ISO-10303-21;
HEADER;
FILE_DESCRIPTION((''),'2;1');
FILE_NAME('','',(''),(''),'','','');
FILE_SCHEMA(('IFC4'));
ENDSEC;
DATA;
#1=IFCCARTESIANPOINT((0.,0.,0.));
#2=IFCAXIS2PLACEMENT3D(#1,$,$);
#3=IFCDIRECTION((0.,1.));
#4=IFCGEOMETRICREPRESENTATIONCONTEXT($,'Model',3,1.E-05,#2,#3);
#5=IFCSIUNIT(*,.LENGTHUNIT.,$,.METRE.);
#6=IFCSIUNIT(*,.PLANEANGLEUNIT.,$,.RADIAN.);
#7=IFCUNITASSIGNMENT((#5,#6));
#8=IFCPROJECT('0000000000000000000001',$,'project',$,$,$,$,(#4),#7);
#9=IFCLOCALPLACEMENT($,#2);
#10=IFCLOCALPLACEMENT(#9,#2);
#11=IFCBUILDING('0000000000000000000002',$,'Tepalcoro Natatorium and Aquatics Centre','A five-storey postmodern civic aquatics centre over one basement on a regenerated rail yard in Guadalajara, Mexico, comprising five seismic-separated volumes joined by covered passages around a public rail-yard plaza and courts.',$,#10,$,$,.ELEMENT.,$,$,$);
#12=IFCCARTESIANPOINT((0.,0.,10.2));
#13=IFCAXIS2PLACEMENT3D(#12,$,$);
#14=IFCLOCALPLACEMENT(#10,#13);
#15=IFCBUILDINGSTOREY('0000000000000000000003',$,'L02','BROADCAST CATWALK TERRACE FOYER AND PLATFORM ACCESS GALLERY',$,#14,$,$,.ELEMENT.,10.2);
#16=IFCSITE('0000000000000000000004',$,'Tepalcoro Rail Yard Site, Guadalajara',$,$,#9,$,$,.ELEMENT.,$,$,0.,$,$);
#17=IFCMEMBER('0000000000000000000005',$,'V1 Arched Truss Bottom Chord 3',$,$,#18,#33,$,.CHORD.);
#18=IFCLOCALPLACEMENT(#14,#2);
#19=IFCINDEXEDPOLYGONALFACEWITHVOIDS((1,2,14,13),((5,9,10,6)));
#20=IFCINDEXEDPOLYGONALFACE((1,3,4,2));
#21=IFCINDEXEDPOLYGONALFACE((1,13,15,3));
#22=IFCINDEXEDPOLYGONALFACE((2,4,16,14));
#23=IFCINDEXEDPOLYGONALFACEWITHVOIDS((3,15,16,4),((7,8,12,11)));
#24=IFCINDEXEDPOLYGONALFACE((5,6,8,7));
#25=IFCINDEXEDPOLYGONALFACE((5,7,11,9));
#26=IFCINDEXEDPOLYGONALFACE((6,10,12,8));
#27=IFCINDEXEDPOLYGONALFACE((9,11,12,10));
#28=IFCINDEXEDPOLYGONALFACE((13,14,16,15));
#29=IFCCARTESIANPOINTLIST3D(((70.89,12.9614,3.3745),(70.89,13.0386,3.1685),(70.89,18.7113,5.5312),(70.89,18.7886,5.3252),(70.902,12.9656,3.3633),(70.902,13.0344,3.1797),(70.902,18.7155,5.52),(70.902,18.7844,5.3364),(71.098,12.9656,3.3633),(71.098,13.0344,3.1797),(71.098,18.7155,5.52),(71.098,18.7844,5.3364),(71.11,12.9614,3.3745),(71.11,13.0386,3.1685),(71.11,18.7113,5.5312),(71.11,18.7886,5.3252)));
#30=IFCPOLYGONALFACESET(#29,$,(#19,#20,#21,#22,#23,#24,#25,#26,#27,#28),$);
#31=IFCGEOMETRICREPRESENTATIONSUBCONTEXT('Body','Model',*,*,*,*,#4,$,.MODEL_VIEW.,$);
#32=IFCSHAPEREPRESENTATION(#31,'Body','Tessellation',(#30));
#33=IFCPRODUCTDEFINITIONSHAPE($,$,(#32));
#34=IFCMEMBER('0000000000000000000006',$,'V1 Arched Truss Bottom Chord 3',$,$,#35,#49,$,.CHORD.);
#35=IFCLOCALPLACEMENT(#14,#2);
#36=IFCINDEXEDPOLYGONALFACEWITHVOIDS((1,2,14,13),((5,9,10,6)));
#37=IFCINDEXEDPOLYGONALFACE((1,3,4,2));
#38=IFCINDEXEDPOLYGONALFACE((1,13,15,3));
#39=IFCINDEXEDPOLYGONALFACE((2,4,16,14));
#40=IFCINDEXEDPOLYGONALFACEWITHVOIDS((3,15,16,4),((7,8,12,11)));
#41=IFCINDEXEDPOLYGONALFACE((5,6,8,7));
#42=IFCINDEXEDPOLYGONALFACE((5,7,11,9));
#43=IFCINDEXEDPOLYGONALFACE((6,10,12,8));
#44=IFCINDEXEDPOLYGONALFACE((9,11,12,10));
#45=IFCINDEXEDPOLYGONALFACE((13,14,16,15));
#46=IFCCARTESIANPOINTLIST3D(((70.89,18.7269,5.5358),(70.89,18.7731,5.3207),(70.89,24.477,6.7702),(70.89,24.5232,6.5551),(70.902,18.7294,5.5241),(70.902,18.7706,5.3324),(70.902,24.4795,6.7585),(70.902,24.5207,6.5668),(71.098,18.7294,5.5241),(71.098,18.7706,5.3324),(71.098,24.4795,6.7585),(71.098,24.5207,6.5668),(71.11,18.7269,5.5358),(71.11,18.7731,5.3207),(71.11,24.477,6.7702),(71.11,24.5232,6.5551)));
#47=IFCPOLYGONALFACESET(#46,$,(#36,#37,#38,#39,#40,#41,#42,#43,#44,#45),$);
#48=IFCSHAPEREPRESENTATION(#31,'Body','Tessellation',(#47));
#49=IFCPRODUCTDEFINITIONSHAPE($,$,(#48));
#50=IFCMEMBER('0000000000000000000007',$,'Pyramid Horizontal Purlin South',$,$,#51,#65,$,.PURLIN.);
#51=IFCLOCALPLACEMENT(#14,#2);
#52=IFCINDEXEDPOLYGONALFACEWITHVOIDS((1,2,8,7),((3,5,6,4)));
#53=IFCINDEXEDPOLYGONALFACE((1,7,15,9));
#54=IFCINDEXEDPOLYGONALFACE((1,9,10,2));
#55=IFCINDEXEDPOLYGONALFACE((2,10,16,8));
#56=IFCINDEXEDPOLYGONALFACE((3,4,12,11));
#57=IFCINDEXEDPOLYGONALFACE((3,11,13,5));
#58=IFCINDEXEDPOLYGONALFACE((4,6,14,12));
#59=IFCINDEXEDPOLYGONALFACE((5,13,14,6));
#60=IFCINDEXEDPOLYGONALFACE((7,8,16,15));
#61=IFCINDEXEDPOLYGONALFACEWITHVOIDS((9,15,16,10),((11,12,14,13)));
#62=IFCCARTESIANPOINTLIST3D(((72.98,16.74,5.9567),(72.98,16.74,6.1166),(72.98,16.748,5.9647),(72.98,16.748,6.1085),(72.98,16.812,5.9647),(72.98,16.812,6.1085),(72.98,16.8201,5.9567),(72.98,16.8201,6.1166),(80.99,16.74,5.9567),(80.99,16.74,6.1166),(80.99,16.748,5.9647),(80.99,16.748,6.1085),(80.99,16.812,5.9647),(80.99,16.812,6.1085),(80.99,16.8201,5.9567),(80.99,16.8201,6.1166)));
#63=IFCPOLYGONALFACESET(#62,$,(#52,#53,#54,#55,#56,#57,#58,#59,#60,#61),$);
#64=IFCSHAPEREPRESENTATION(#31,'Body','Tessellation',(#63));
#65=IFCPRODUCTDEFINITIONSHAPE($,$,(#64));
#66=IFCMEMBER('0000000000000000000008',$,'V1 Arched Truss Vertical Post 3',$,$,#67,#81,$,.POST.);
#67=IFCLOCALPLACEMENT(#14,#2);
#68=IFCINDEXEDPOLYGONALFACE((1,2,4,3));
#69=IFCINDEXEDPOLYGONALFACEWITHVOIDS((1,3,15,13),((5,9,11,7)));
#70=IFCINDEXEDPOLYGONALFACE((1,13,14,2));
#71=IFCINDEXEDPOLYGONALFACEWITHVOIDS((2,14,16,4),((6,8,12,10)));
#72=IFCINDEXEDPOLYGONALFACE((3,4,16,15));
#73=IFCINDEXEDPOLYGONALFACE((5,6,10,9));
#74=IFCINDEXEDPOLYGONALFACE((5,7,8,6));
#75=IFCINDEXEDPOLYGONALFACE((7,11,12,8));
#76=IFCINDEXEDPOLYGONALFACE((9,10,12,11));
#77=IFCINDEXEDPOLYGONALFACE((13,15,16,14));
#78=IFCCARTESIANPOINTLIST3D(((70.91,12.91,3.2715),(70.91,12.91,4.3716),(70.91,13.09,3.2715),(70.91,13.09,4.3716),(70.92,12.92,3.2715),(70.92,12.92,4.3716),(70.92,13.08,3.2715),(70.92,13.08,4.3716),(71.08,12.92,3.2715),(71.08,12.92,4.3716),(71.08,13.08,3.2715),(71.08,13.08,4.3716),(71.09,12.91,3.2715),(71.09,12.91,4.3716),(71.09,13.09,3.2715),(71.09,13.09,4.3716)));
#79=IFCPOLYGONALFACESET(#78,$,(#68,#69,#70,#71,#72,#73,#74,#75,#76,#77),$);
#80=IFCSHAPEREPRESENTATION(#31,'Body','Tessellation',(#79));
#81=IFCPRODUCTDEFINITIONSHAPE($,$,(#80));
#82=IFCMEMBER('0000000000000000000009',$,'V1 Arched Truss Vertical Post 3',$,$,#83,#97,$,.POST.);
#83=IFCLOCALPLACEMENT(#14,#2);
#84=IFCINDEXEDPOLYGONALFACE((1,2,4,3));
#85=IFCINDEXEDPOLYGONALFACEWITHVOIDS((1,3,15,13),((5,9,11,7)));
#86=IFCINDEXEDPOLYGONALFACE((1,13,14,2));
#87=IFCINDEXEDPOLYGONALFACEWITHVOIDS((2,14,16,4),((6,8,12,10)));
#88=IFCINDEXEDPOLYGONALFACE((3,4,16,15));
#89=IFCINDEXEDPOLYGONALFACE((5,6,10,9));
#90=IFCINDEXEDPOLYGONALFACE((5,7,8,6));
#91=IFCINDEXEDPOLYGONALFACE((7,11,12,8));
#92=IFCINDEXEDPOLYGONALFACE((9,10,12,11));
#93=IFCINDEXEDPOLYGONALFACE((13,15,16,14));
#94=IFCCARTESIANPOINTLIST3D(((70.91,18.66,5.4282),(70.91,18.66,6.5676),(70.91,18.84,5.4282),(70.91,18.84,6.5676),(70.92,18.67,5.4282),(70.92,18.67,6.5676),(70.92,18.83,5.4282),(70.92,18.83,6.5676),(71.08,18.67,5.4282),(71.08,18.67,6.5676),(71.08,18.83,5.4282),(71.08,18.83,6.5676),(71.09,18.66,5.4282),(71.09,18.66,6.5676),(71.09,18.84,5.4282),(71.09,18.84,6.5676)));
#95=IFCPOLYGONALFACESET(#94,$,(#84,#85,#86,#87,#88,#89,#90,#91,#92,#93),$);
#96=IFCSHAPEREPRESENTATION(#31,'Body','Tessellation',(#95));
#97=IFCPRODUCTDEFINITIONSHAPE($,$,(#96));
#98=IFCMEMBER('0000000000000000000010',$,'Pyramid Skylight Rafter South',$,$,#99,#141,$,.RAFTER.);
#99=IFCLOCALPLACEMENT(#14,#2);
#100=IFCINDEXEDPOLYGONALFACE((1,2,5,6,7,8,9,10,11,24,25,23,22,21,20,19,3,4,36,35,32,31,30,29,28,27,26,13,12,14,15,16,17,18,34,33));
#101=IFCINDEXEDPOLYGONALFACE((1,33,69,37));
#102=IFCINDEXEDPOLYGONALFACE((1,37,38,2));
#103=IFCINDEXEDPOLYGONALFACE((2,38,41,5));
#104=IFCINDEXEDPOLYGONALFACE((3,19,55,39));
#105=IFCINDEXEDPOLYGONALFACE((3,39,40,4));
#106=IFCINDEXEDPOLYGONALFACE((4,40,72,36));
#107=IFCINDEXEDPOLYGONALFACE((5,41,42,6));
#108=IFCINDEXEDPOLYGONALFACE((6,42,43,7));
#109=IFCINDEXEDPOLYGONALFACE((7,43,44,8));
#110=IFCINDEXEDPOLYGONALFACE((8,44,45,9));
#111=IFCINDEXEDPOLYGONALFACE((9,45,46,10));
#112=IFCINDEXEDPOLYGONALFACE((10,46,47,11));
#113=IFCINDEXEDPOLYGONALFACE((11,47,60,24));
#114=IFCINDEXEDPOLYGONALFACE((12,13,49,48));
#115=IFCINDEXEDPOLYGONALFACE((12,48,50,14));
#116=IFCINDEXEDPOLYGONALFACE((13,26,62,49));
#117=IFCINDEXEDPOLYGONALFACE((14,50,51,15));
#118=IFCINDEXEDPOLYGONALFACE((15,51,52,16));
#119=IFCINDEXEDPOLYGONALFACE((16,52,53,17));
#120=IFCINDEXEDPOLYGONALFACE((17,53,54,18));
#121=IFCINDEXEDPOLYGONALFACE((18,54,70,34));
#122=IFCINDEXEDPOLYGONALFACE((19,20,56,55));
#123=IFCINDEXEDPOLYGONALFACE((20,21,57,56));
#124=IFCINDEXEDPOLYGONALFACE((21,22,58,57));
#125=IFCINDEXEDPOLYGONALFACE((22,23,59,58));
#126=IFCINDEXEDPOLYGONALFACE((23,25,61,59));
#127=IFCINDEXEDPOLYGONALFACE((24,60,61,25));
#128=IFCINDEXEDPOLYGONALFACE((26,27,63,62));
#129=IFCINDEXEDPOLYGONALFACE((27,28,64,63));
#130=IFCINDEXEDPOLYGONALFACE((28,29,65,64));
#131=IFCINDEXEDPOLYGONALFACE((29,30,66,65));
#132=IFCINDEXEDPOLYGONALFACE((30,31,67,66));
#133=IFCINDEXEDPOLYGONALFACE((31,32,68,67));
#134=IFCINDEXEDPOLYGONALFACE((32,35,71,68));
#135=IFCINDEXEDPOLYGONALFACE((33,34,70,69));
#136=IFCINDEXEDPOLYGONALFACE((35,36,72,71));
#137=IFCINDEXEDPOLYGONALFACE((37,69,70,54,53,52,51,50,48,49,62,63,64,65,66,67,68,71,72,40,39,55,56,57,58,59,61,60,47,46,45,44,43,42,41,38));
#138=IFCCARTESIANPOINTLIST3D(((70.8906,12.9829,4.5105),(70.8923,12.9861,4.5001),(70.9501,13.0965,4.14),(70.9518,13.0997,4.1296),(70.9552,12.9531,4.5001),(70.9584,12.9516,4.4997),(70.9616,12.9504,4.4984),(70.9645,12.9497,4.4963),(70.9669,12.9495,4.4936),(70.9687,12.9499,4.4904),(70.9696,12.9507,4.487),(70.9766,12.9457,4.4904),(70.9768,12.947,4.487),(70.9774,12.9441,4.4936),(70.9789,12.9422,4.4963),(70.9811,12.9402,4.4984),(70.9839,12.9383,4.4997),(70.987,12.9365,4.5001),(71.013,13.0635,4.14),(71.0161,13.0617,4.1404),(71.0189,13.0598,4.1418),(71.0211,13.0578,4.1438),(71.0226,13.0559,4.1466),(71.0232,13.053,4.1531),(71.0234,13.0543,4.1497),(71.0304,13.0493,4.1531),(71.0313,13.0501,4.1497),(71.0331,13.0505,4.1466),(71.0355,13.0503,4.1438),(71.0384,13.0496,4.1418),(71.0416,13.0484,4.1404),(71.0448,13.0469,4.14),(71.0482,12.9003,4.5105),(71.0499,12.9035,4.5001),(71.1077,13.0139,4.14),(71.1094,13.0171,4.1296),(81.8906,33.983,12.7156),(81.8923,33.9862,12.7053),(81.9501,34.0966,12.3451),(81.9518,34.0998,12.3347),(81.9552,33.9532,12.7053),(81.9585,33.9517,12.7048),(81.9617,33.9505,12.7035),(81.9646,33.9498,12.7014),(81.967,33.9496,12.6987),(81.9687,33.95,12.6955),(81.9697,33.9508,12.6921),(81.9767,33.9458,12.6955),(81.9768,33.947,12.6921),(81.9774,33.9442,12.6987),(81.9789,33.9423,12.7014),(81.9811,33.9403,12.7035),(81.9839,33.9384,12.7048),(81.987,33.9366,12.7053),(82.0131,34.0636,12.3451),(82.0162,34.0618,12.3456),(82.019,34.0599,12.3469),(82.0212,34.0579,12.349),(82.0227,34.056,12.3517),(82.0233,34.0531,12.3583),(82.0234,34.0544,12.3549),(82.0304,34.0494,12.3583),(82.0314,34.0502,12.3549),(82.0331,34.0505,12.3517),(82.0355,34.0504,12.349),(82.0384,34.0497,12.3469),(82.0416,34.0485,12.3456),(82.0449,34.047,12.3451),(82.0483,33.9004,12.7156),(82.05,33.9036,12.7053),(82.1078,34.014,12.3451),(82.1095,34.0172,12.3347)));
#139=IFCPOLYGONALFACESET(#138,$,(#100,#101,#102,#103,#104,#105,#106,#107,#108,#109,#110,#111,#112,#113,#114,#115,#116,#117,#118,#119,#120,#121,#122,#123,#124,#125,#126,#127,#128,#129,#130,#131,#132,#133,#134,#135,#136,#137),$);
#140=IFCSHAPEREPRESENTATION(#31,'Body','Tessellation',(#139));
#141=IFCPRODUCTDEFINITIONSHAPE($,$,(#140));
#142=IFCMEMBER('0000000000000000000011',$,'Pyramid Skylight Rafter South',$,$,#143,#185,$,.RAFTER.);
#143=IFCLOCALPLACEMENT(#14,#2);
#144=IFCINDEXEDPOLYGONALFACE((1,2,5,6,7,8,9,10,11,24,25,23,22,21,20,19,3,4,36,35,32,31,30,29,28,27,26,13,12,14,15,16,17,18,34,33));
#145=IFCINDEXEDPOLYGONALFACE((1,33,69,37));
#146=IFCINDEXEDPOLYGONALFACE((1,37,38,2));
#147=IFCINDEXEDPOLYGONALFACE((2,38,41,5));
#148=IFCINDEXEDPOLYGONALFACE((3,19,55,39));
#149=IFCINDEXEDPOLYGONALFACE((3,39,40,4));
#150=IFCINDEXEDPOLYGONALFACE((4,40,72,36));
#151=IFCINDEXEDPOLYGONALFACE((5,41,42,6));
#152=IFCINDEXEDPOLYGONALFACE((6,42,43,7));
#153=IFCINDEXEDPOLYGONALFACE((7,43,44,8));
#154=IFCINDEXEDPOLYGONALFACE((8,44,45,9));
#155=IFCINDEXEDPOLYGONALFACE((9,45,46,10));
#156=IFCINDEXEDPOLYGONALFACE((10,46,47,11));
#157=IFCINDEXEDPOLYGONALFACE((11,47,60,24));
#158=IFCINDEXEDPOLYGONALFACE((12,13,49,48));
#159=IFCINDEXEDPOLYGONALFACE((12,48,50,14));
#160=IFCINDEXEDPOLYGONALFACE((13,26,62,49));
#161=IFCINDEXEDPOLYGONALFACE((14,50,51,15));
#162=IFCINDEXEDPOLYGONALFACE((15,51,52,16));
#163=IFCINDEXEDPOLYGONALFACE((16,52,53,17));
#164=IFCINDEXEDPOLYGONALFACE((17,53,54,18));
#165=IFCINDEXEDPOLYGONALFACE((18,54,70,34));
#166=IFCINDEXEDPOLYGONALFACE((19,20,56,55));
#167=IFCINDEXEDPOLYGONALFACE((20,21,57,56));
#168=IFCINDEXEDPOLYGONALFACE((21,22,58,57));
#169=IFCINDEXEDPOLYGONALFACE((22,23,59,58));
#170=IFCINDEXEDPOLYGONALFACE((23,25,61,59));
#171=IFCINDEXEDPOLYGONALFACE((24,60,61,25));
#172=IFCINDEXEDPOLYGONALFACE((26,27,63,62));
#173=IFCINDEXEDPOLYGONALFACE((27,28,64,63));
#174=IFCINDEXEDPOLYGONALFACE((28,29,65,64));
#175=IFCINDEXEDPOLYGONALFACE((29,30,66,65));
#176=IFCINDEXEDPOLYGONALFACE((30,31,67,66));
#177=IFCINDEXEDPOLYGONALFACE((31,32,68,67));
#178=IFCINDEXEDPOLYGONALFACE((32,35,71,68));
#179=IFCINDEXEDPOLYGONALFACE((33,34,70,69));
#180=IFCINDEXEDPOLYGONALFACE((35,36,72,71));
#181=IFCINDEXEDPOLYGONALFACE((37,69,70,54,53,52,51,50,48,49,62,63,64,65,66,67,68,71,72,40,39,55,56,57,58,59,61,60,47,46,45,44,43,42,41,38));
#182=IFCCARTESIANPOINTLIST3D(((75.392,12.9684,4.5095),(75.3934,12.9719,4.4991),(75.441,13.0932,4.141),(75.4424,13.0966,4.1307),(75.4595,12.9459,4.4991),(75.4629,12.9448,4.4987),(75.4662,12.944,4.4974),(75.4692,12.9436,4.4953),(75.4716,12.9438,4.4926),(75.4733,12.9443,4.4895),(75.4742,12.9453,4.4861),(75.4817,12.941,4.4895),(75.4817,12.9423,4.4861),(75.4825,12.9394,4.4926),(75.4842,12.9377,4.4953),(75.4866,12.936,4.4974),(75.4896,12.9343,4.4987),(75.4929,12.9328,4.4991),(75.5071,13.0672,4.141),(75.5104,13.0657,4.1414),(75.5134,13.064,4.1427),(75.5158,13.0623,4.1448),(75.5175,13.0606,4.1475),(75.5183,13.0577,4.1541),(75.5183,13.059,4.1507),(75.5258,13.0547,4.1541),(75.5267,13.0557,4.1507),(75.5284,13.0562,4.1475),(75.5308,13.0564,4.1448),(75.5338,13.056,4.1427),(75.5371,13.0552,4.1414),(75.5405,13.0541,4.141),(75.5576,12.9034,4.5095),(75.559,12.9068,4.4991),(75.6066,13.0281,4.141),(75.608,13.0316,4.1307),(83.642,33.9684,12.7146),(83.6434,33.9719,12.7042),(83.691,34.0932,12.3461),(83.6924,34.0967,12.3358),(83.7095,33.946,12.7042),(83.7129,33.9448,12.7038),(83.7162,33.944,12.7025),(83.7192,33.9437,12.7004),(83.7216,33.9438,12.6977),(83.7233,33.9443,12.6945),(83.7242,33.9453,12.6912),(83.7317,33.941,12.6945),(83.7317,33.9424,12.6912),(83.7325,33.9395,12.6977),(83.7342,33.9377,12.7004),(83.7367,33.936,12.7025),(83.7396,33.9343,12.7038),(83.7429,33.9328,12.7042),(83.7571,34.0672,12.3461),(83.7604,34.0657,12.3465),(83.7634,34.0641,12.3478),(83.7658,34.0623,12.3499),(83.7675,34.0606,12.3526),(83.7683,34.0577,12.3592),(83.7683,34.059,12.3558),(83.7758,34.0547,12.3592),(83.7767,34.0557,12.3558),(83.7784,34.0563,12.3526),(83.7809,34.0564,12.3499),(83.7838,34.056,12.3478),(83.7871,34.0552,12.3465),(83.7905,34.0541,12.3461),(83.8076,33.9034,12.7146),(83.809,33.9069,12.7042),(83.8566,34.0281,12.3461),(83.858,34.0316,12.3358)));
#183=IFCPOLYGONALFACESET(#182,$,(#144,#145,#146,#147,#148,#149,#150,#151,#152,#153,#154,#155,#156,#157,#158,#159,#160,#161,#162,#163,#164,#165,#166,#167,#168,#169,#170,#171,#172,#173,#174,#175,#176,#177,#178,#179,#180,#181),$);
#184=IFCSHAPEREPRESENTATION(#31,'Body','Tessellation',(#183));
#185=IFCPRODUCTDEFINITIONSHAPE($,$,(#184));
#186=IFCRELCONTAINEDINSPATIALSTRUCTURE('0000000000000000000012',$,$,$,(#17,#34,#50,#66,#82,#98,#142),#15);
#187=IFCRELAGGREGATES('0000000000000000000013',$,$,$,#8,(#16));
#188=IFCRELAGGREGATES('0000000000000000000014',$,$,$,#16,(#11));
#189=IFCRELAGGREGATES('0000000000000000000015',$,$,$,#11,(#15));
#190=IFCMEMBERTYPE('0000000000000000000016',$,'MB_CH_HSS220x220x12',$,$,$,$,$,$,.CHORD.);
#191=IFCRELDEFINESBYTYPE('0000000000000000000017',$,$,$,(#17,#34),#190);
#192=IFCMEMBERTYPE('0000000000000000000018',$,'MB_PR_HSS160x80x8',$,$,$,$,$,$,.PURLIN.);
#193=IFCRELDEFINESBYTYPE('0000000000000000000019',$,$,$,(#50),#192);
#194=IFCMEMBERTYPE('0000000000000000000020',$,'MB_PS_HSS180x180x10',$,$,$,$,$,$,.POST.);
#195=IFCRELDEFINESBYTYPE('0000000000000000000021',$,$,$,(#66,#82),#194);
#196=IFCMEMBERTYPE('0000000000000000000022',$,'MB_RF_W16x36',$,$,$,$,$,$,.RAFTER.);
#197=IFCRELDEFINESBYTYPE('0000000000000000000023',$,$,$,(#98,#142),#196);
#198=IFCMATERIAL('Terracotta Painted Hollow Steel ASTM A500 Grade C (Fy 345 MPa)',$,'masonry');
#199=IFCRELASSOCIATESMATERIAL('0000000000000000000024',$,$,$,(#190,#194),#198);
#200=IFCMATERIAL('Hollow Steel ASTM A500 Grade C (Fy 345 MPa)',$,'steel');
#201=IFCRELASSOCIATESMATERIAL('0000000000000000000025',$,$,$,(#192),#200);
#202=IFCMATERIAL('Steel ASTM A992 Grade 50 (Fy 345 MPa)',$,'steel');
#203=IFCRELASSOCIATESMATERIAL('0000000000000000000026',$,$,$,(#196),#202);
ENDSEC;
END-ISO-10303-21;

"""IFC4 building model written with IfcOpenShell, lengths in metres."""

from ifc_helpers import new_model, si_unit, direction, frame, origin, origin_2d, place, context, subcontext, project, spatial, hollow_rectangle, i_section, extrude, material, material_profile, profile_set, type_object, element, save


model = new_model("IFC4")

# Units and contexts
model_context = context("Model", 3, precision=1e-05, world=origin(), true_north=direction((0.0, 1.0)))
body_context = subcontext(model_context, "Body", "Model", "MODEL_VIEW")
ifc_project = project(units=[si_unit("LENGTHUNIT", "METRE"), si_unit("PLANEANGLEUNIT", "RADIAN")], contexts=[model_context])

# Site, building, storey
site_placement = place(None, origin())
site = spatial("IfcSite", under=ifc_project, at=site_placement, Name="Tepalcoro Rail Yard Site, Guadalajara", CompositionType="ELEMENT", RefElevation=0.0)
building_placement = place(site_placement, origin())
building = spatial("IfcBuilding", under=site, at=building_placement, Name="Tepalcoro Natatorium and Aquatics Centre", Description="A five-storey postmodern civic aquatics centre over one basement on a regenerated rail yard in Guadalajara, Mexico, comprising five seismic-separated volumes joined by covered passages around a public rail-yard plaza and courts.", CompositionType="ELEMENT")
storey_placement = place(building_placement, frame((0.0, 0.0, 10.2)))
storey = spatial("IfcBuildingStorey", under=building, at=storey_placement, Name="L02", Description="BROADCAST CATWALK TERRACE FOYER AND PLATFORM ACCESS GALLERY", CompositionType="ELEMENT", Elevation=10.2)

# Shared definitions
ifc_material_1 = material(Name="Steel ASTM A992 Grade 50 (Fy 345 MPa)", Category="steel")

# Shared definitions
ifc_material_2 = material(Name="Terracotta Painted Hollow Steel ASTM A500 Grade C (Fy 345 MPa)", Category="masonry")

# Members
ifc_material_3 = material(Name="Hollow Steel ASTM A500 Grade C (Fy 345 MPa)", Category="steel")
ifc_material_profile_1 = material_profile(ifc_material_2, hollow_rectangle(XDim=0.22, YDim=0.22, WallThickness=0.012, at=origin_2d()), Name="HSS220X220X12")
ifc_profile_set_1 = profile_set([ifc_material_profile_1], Name="Terracotta Painted Hollow Steel ASTM A500 Grade C (Fy 345 MPa)")
member_type_1 = type_object("IfcMemberType", Name="MB_CH_HSS220x220x12", PredefinedType="CHORD", material=ifc_profile_set_1)
member_1_placement = place(storey_placement, frame((71.0, 13.0, 3.2715), z_axis=(0.0, 0.936303, 0.351193), x_axis=(-1.0, 0.0, 0.0)))
element("IfcMember", 1, at=member_1_placement, inside=storey, type_object=member_type_1, Name="V1 Arched Truss Bottom Chord 3", PredefinedType="CHORD", context=body_context, shape_type="SweptSolid", body=[
    extrude(hollow_rectangle(XDim=0.22, YDim=0.22, WallThickness=0.012, at=origin_2d()), origin(), (0.0, 0.0, 1.0), 6.1411),
])
member_2_placement = place(storey_placement, frame((71.0, 18.75, 5.4282), z_axis=(0.0, 0.977725, 0.209892), x_axis=(-1.0, 0.0, 0.0)))
element("IfcMember", 2, at=member_2_placement, inside=storey, type_object=member_type_1, Name="V1 Arched Truss Bottom Chord 3", PredefinedType="CHORD", context=body_context, shape_type="SweptSolid", body=[
    extrude(hollow_rectangle(XDim=0.22, YDim=0.22, WallThickness=0.012, at=origin_2d()), origin(), (0.0, 0.0, 1.0), 5.8811),
])
ifc_material_profile_2 = material_profile(ifc_material_3, hollow_rectangle(XDim=0.0801, YDim=0.1599, WallThickness=0.0081, at=origin_2d()), Name="HSS160X80X8")
ifc_profile_set_2 = profile_set([ifc_material_profile_2], Name="Hollow Steel ASTM A500 Grade C (Fy 345 MPa)")
member_type_2 = type_object("IfcMemberType", Name="MB_PR_HSS160x80x8", PredefinedType="PURLIN", material=ifc_profile_set_2)
member_3_placement = place(storey_placement, frame((72.98, 16.78, 6.0366), z_axis=(1.0, 0.0, 0.0), x_axis=(0.0, 1.0, 0.0)))
element("IfcMember", 3, at=member_3_placement, inside=storey, type_object=member_type_2, Name="Pyramid Horizontal Purlin South", PredefinedType="PURLIN", context=body_context, shape_type="SweptSolid", body=[
    extrude(hollow_rectangle(XDim=0.0801, YDim=0.1599, WallThickness=0.0081, at=origin_2d()), origin(), (0.0, 0.0, 1.0), 8.01),
])
ifc_material_profile_3 = material_profile(ifc_material_2, hollow_rectangle(XDim=0.1799, YDim=0.1799, WallThickness=0.01, at=origin_2d()), Name="HSS180X180X10")
ifc_profile_set_3 = profile_set([ifc_material_profile_3], Name="Terracotta Painted Hollow Steel ASTM A500 Grade C (Fy 345 MPa)")
member_type_3 = type_object("IfcMemberType", Name="MB_PS_HSS180x180x10", PredefinedType="POST", material=ifc_profile_set_3)
member_4_placement = place(storey_placement, frame((71.0, 13.0, 3.2715), z_axis=(0.0, 0.0, 1.0), x_axis=(1.0, 0.0, 0.0)))
element("IfcMember", 4, at=member_4_placement, inside=storey, type_object=member_type_3, Name="V1 Arched Truss Vertical Post 3", PredefinedType="POST", context=body_context, shape_type="SweptSolid", body=[
    extrude(hollow_rectangle(XDim=0.1799, YDim=0.1799, WallThickness=0.01, at=origin_2d()), origin(), (0.0, 0.0, 1.0), 1.1001),
])
member_5_placement = place(storey_placement, frame((71.0, 18.75, 5.4282), z_axis=(0.0, 0.0, 1.0), x_axis=(1.0, 0.0, 0.0)))
element("IfcMember", 5, at=member_5_placement, inside=storey, type_object=member_type_3, Name="V1 Arched Truss Vertical Post 3", PredefinedType="POST", context=body_context, shape_type="SweptSolid", body=[
    extrude(hollow_rectangle(XDim=0.1799, YDim=0.1799, WallThickness=0.01, at=origin_2d()), origin(), (0.0, 0.0, 1.0), 1.1394),
])
ifc_material_profile_4 = material_profile(ifc_material_1, i_section(OverallWidth=0.178, OverallDepth=0.4031, WebThickness=0.0081, FlangeThickness=0.011, FilletRadius=0.0139, at=origin_2d()), Name="W16X36")
ifc_profile_set_4 = profile_set([ifc_material_profile_4], Name="Steel ASTM A992 Grade 50 (Fy 345 MPa)")
member_type_4 = type_object("IfcMemberType", Name="MB_RF_W16x36", PredefinedType="RAFTER", material=ifc_profile_set_4)
member_6_placement = place(storey_placement, frame((71.0, 13.0, 4.3201), z_axis=(0.438486, 0.83711, 0.327074), x_axis=(-0.885832, 0.464007, 0.0)))
element("IfcMember", 6, at=member_6_placement, inside=storey, type_object=member_type_4, Name="Pyramid Skylight Rafter South", PredefinedType="RAFTER", context=body_context, shape_type="SweptSolid", body=[
    extrude(i_section(OverallWidth=0.178, OverallDepth=0.4031, WebThickness=0.0081, FlangeThickness=0.011, FilletRadius=0.0139, at=origin_2d()), origin(), (0.0, 0.0, 1.0), 25.0864),
])
member_7_placement = place(storey_placement, frame((75.5, 13.0, 4.3201), z_axis=(0.343635, 0.874707, 0.341764), x_axis=(-0.930751, 0.365652, 0.0)))
element("IfcMember", 7, at=member_7_placement, inside=storey, type_object=member_type_4, Name="Pyramid Skylight Rafter South", PredefinedType="RAFTER", context=body_context, shape_type="SweptSolid", body=[
    extrude(i_section(OverallWidth=0.178, OverallDepth=0.4031, WebThickness=0.0081, FlangeThickness=0.011, FilletRadius=0.0139, at=origin_2d()), origin(), (0.0, 0.0, 1.0), 24.0081),
])

save(model, "model.ifc")
